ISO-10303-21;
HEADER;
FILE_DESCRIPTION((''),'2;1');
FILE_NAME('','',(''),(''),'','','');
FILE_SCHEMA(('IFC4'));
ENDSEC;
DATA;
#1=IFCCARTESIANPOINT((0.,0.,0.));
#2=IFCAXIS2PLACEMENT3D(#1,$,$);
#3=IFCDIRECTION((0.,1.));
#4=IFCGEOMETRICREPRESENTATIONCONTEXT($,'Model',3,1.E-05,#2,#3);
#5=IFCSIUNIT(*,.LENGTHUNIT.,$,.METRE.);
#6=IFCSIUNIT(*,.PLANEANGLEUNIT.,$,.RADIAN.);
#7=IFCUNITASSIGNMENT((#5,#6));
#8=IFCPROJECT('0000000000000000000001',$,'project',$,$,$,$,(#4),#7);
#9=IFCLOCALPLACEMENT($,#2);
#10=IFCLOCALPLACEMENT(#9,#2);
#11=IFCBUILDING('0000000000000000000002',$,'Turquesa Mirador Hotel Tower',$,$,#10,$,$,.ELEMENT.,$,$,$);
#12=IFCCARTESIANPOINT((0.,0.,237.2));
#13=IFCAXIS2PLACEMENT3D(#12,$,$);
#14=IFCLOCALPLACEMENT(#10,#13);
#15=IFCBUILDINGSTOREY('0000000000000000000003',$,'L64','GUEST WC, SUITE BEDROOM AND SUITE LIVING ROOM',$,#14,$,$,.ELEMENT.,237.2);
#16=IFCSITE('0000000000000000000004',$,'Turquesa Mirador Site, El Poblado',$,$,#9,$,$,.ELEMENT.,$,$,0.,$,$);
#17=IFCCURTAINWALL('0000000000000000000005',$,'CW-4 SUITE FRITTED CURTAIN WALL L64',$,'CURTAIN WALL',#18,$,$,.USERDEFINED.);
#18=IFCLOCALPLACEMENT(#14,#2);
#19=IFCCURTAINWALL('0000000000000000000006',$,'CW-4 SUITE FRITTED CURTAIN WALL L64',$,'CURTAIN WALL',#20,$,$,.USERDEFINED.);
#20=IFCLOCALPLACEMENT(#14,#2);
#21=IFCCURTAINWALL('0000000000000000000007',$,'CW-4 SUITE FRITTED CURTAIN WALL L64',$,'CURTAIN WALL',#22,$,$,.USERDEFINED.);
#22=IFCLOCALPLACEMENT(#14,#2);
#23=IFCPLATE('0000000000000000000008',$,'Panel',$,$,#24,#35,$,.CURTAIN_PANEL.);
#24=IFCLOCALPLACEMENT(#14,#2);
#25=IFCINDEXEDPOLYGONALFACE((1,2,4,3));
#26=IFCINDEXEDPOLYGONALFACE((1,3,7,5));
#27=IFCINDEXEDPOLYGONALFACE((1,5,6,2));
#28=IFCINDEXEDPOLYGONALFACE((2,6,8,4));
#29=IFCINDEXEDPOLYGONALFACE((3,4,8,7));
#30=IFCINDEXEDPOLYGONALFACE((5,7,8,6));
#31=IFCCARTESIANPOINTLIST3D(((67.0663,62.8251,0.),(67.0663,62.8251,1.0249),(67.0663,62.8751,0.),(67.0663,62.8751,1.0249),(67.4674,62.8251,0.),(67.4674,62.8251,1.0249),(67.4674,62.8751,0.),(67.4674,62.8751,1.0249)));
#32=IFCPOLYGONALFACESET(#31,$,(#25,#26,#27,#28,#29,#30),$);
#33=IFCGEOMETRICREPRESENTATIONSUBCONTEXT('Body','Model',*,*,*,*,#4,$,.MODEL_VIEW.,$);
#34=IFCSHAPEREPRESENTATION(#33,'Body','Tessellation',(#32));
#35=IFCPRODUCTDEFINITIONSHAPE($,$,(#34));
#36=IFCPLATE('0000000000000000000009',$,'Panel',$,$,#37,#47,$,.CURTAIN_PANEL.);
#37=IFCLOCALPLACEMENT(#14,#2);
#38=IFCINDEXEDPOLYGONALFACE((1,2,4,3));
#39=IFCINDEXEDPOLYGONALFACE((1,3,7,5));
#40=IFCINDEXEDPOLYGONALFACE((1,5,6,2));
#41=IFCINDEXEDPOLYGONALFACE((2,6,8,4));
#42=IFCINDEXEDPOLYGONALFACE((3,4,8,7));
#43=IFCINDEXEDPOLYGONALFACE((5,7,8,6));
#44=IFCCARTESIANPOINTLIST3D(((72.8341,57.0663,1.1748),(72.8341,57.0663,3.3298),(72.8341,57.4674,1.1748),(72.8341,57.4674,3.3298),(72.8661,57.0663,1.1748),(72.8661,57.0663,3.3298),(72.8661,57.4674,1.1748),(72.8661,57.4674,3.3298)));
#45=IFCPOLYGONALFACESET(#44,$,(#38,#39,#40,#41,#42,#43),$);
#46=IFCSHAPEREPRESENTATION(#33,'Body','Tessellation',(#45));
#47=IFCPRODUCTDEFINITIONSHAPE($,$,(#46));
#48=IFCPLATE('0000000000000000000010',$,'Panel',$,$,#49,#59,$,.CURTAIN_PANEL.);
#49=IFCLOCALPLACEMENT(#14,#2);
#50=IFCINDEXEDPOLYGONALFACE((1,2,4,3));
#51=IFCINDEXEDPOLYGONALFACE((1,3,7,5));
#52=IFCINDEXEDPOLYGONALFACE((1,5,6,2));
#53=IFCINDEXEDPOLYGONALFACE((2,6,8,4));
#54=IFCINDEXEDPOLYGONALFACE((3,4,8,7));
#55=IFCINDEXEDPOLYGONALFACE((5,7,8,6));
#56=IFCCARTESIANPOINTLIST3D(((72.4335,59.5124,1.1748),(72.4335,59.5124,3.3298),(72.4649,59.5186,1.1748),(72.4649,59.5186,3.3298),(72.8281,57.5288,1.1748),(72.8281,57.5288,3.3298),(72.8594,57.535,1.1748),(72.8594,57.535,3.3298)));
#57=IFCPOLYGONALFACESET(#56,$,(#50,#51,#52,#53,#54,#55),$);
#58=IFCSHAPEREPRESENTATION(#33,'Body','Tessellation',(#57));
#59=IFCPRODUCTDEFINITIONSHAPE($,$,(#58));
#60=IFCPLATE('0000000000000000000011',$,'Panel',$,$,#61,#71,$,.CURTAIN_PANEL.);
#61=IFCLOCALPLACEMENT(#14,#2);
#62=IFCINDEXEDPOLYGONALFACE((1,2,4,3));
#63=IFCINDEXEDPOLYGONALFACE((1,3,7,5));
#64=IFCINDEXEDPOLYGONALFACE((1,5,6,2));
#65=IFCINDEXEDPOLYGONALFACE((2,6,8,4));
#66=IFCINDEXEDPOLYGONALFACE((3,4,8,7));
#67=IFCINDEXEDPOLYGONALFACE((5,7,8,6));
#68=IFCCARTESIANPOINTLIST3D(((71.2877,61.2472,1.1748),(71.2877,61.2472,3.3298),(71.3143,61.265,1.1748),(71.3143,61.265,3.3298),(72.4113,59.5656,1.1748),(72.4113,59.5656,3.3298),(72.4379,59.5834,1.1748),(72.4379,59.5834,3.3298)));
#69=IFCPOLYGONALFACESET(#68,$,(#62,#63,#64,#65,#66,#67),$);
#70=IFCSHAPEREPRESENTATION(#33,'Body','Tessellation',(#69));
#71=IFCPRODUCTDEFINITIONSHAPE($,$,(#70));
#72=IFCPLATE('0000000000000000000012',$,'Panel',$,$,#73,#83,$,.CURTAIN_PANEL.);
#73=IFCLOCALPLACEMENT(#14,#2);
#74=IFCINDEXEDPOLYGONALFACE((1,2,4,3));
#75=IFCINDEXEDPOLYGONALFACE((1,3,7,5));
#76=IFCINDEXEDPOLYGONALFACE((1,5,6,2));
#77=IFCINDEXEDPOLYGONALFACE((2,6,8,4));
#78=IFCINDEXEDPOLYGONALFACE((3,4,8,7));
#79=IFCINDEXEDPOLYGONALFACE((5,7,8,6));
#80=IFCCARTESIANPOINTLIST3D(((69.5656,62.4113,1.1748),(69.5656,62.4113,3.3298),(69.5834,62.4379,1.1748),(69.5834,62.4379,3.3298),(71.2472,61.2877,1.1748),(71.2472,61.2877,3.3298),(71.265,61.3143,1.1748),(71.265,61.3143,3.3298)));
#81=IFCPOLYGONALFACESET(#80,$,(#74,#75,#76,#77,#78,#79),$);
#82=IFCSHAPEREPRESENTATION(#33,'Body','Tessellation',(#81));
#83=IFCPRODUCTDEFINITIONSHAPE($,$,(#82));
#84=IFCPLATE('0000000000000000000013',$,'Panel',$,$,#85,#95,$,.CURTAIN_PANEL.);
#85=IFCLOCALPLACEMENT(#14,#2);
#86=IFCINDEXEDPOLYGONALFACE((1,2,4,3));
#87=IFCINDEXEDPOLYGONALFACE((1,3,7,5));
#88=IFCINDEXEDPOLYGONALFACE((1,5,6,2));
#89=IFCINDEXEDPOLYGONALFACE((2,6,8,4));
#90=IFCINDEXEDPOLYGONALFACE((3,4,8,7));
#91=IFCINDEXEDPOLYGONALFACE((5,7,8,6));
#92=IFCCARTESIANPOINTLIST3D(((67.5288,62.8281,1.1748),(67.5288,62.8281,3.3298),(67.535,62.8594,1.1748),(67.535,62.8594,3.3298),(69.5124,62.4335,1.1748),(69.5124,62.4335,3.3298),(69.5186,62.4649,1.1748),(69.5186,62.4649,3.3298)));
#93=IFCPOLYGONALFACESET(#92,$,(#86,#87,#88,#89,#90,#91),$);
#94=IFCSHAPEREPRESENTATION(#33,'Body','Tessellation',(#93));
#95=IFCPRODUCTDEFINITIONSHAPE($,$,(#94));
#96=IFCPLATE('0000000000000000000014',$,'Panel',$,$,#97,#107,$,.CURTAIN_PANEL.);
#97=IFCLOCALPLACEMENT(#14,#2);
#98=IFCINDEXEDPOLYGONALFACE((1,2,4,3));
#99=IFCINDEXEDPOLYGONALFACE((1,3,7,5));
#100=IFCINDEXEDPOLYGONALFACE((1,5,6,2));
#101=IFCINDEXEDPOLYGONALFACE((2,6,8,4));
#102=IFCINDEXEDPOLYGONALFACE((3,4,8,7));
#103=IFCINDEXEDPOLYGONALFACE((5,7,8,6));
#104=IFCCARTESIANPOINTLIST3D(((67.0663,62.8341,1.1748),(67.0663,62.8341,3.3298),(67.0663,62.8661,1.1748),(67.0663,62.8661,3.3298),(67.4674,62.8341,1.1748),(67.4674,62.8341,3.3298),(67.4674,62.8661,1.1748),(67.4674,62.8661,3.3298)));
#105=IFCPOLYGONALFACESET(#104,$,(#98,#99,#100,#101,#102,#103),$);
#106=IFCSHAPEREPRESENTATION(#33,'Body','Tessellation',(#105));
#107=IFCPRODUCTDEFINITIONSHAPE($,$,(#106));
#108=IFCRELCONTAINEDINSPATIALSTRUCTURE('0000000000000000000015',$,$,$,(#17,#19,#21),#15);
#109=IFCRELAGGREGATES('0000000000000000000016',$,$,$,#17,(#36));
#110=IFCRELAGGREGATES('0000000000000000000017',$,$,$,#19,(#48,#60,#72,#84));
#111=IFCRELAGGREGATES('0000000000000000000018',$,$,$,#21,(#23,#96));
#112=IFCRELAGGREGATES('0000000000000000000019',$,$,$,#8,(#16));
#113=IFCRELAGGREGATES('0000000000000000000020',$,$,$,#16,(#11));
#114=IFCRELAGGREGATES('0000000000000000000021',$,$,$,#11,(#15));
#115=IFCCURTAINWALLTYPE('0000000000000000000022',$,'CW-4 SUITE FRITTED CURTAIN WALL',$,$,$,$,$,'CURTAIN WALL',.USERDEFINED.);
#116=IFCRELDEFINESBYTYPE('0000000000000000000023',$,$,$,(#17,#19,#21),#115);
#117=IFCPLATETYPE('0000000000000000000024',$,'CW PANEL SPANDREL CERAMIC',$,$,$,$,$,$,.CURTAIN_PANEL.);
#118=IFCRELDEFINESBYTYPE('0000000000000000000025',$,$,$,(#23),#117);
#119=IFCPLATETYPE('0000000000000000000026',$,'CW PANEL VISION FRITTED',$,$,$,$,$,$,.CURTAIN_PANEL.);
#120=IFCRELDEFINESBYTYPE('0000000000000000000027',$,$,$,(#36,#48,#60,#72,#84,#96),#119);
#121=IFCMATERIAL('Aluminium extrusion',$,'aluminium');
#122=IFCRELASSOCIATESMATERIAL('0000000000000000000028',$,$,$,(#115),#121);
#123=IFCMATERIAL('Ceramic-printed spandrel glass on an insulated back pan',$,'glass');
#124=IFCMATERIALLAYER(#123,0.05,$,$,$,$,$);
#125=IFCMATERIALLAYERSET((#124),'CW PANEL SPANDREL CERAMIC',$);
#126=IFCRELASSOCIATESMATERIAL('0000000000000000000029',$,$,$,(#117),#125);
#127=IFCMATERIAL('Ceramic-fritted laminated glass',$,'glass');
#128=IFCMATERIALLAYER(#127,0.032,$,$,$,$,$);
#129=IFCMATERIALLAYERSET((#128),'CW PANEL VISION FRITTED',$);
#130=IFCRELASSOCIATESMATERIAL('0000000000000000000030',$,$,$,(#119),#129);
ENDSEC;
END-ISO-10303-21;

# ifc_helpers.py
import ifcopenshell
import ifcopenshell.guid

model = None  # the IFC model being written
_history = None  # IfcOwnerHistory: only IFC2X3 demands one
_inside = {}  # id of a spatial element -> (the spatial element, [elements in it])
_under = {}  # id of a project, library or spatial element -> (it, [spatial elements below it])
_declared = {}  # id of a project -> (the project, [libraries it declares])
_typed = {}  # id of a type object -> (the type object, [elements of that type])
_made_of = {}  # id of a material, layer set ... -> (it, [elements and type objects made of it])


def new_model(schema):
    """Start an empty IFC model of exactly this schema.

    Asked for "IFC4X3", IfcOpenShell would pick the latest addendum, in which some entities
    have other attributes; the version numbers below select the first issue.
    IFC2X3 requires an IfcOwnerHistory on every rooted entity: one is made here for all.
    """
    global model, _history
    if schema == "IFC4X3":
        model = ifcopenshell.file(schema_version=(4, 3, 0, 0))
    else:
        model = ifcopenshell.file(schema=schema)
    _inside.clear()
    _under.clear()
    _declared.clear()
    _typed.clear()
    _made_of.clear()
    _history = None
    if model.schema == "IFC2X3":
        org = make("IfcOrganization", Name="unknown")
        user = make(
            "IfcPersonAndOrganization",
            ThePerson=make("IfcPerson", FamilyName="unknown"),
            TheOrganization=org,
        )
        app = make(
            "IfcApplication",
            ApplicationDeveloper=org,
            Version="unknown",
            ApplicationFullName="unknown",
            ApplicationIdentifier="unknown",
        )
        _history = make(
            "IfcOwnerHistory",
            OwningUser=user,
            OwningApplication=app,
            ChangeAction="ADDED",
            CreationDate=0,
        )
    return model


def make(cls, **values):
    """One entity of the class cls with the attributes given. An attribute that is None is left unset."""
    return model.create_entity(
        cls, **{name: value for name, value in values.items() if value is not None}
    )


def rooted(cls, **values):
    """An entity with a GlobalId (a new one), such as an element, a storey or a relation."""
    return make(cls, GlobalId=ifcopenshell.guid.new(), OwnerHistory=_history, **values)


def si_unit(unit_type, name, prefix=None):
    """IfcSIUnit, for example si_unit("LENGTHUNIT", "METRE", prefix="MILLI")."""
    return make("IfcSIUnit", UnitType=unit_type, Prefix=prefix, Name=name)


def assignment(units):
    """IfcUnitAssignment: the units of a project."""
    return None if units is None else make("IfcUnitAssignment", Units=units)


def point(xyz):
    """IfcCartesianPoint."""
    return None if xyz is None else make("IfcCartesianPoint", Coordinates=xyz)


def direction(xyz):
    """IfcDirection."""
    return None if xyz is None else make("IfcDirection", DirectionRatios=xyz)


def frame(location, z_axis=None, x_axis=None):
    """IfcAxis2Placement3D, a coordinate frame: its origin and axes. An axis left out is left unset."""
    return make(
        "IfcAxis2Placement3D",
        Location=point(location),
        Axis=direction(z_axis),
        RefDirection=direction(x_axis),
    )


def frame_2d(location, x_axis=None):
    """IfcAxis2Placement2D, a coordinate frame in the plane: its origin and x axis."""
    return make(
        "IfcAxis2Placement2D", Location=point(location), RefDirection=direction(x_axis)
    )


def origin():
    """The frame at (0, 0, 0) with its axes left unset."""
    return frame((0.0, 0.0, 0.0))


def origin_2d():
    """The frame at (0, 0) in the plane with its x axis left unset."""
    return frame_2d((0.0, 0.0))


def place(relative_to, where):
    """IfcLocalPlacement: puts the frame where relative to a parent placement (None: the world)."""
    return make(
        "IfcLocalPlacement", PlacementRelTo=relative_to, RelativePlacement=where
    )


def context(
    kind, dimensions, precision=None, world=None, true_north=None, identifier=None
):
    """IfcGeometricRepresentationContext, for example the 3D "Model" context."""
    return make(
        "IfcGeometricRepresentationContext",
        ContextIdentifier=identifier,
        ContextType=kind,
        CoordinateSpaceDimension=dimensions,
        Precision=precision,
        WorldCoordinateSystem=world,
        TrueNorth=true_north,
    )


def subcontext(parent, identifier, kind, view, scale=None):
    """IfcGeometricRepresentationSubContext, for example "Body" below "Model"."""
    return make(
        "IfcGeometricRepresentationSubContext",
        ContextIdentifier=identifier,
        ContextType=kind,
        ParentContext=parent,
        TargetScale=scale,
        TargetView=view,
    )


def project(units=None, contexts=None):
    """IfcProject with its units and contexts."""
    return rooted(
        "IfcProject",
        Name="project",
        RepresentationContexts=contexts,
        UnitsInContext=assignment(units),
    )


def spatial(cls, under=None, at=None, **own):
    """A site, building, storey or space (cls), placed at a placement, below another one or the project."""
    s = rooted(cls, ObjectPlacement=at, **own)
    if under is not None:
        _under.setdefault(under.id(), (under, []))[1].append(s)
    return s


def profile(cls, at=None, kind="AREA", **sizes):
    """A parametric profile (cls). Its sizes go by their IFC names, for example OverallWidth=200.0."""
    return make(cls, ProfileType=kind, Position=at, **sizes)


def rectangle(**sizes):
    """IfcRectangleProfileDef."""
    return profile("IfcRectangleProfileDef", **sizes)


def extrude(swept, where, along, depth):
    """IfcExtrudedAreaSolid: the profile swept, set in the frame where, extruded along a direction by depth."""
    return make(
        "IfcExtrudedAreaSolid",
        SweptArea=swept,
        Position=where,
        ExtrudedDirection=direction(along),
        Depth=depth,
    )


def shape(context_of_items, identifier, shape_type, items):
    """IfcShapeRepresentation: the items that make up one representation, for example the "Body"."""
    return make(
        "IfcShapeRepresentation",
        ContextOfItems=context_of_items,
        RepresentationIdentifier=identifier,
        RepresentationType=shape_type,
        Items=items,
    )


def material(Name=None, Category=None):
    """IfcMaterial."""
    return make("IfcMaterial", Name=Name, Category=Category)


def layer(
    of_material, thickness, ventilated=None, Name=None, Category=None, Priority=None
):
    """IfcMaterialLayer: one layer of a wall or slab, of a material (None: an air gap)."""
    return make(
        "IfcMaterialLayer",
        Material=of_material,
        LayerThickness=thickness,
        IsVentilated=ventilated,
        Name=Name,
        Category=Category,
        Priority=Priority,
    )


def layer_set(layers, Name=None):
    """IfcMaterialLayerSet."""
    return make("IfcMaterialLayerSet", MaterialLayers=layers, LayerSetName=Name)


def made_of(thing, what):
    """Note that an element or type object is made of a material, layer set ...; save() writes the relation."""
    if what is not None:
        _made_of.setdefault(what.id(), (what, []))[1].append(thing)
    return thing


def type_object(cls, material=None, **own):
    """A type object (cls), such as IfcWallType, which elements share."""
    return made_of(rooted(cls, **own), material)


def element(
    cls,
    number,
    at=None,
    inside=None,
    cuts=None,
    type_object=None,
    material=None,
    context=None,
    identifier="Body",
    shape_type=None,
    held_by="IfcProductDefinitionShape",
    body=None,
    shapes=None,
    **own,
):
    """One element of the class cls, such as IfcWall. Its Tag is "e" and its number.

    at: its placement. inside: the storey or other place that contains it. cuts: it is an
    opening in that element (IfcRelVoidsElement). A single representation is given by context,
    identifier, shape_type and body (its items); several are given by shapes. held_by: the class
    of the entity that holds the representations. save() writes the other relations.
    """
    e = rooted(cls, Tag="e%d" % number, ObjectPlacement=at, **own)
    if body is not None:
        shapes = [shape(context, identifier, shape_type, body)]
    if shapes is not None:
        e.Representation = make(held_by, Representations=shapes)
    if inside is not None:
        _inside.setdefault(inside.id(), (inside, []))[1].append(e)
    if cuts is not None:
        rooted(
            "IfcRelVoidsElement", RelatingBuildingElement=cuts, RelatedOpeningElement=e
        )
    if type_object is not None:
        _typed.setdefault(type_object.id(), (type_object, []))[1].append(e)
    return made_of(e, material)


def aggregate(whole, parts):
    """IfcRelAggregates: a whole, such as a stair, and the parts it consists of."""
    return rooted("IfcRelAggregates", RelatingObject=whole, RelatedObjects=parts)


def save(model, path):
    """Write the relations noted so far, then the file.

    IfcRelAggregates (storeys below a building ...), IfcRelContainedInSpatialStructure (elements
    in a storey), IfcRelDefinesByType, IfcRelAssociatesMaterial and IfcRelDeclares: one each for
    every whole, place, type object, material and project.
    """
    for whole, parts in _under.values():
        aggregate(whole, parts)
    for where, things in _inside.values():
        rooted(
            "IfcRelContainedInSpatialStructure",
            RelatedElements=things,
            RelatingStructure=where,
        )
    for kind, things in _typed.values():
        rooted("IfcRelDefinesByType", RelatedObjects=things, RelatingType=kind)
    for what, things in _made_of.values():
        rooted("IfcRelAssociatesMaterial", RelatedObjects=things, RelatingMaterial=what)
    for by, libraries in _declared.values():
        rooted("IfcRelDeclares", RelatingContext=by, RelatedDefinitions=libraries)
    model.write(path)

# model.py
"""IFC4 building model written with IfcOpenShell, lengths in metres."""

from ifc_helpers import new_model, si_unit, direction, frame, origin, origin_2d, place, context, subcontext, project, spatial, rectangle, extrude, material, layer, layer_set, type_object, element, aggregate, save


model = new_model("IFC4")

# Units and contexts
model_context = context("Model", 3, precision=1e-05, world=origin(), true_north=direction((0.0, 1.0)))
body_context = subcontext(model_context, "Body", "Model", "MODEL_VIEW")
ifc_project = project(units=[si_unit("LENGTHUNIT", "METRE"), si_unit("PLANEANGLEUNIT", "RADIAN")], contexts=[model_context])

# Site, building, storey
site_placement = place(None, origin())
site = spatial("IfcSite", under=ifc_project, at=site_placement, Name="Turquesa Mirador Site, El Poblado", CompositionType="ELEMENT", RefElevation=0.0)
building_placement = place(site_placement, origin())
building = spatial("IfcBuilding", under=site, at=building_placement, Name="Turquesa Mirador Hotel Tower", CompositionType="ELEMENT")
storey_placement = place(building_placement, frame((0.0, 0.0, 237.2)))
storey = spatial("IfcBuildingStorey", under=building, at=storey_placement, Name="L64", Description="GUEST WC, SUITE BEDROOM AND SUITE LIVING ROOM", CompositionType="ELEMENT", Elevation=237.2)

# Shared definitions
ifc_material_1 = material(Name="Aluminium extrusion", Category="aluminium")
curtain_wall_type = type_object("IfcCurtainWallType", Name="CW-4 SUITE FRITTED CURTAIN WALL", ElementType="CURTAIN WALL", PredefinedType="USERDEFINED", material=ifc_material_1)

# Curtain walls
curtain_wall_1_placement = place(storey_placement, origin())
curtain_wall_1 = element("IfcCurtainWall", 1, at=curtain_wall_1_placement, inside=storey, type_object=curtain_wall_type, Name="CW-4 SUITE FRITTED CURTAIN WALL L64", ObjectType="CURTAIN WALL", PredefinedType="USERDEFINED")
curtain_wall_2_placement = place(storey_placement, origin())
curtain_wall_2 = element("IfcCurtainWall", 2, at=curtain_wall_2_placement, inside=storey, type_object=curtain_wall_type, Name="CW-4 SUITE FRITTED CURTAIN WALL L64", ObjectType="CURTAIN WALL", PredefinedType="USERDEFINED")
curtain_wall_3_placement = place(storey_placement, origin())
curtain_wall_3 = element("IfcCurtainWall", 3, at=curtain_wall_3_placement, inside=storey, type_object=curtain_wall_type, Name="CW-4 SUITE FRITTED CURTAIN WALL L64", ObjectType="CURTAIN WALL", PredefinedType="USERDEFINED")

# Plates
ifc_material_2 = material(Name="Ceramic-printed spandrel glass on an insulated back pan", Category="glass")
ifc_layer_1 = layer(ifc_material_2, 0.05)
ifc_layer_set_1 = layer_set([ifc_layer_1], Name="CW PANEL SPANDREL CERAMIC")
plate_type_1 = type_object("IfcPlateType", Name="CW PANEL SPANDREL CERAMIC", PredefinedType="CURTAIN_PANEL", material=ifc_layer_set_1)
plate_1_placement = place(storey_placement, frame((67.2668, 62.8501, 0.0), z_axis=(0.0, 0.0, 1.0), x_axis=(-1.0, 0.0, 0.0)))
plate_1 = element("IfcPlate", 4, at=plate_1_placement, type_object=plate_type_1, Name="Panel", PredefinedType="CURTAIN_PANEL", context=body_context, shape_type="SweptSolid", body=[
    extrude(rectangle(XDim=0.4011, YDim=0.05, at=origin_2d()), origin(), (0.0, 0.0, 1.0), 1.0249),
])
ifc_material_3 = material(Name="Ceramic-fritted laminated glass", Category="glass")
ifc_layer_2 = layer(ifc_material_3, 0.032)
ifc_layer_set_2 = layer_set([ifc_layer_2], Name="CW PANEL VISION FRITTED")
plate_type_2 = type_object("IfcPlateType", Name="CW PANEL VISION FRITTED", PredefinedType="CURTAIN_PANEL", material=ifc_layer_set_2)
plate_2_placement = place(storey_placement, frame((72.8501, 57.2668, 1.1748), z_axis=(0.0, 0.0, 1.0), x_axis=(0.0, 1.0, 0.0)))
plate_2 = element("IfcPlate", 5, at=plate_2_placement, type_object=plate_type_2, Name="Panel", PredefinedType="CURTAIN_PANEL", context=body_context, shape_type="SweptSolid", body=[
    extrude(rectangle(XDim=0.4011, YDim=0.032, at=origin_2d()), origin(), (0.0, 0.0, 1.0), 2.155),
])
aggregate(curtain_wall_1, [plate_2])
plate_3_placement = place(storey_placement, frame((72.6465, 58.5237, 1.1748), z_axis=(0.0, 0.0, 1.0), x_axis=(-0.195091, 0.980785, 0.0)))
plate_3 = element("IfcPlate", 6, at=plate_3_placement, type_object=plate_type_2, Name="Panel", PredefinedType="CURTAIN_PANEL", context=body_context, shape_type="SweptSolid", body=[
    extrude(rectangle(XDim=2.0225, YDim=0.032, at=origin_2d()), origin(), (0.0, 0.0, 1.0), 2.155),
])
plate_4_placement = place(storey_placement, frame((71.8628, 60.4153, 1.1748), z_axis=(0.0, 0.0, 1.0), x_axis=(-0.55557, 0.83147, 0.0)))
plate_4 = element("IfcPlate", 7, at=plate_4_placement, type_object=plate_type_2, Name="Panel", PredefinedType="CURTAIN_PANEL", context=body_context, shape_type="SweptSolid", body=[
    extrude(rectangle(XDim=2.0225, YDim=0.032, at=origin_2d()), origin(), (0.0, 0.0, 1.0), 2.155),
])
plate_5_placement = place(storey_placement, frame((70.4153, 61.8628, 1.1748), z_axis=(0.0, 0.0, 1.0), x_axis=(-0.83147, 0.55557, 0.0)))
plate_5 = element("IfcPlate", 8, at=plate_5_placement, type_object=plate_type_2, Name="Panel", PredefinedType="CURTAIN_PANEL", context=body_context, shape_type="SweptSolid", body=[
    extrude(rectangle(XDim=2.0225, YDim=0.032, at=origin_2d()), origin(), (0.0, 0.0, 1.0), 2.155),
])
plate_6_placement = place(storey_placement, frame((68.5237, 62.6465, 1.1748), z_axis=(0.0, 0.0, 1.0), x_axis=(-0.980785, 0.195091, 0.0)))
plate_6 = element("IfcPlate", 9, at=plate_6_placement, type_object=plate_type_2, Name="Panel", PredefinedType="CURTAIN_PANEL", context=body_context, shape_type="SweptSolid", body=[
    extrude(rectangle(XDim=2.0225, YDim=0.032, at=origin_2d()), origin(), (0.0, 0.0, 1.0), 2.155),
])
aggregate(curtain_wall_2, [plate_3, plate_4, plate_5, plate_6])
plate_7_placement = place(storey_placement, frame((67.2668, 62.8501, 1.1748), z_axis=(0.0, 0.0, 1.0), x_axis=(-1.0, 0.0, 0.0)))
plate_7 = element("IfcPlate", 10, at=plate_7_placement, type_object=plate_type_2, Name="Panel", PredefinedType="CURTAIN_PANEL", context=body_context, shape_type="SweptSolid", body=[
    extrude(rectangle(XDim=0.4011, YDim=0.032, at=origin_2d()), origin(), (0.0, 0.0, 1.0), 2.155),
])
aggregate(curtain_wall_3, [plate_1, plate_7])

save(model, "model.ifc")
